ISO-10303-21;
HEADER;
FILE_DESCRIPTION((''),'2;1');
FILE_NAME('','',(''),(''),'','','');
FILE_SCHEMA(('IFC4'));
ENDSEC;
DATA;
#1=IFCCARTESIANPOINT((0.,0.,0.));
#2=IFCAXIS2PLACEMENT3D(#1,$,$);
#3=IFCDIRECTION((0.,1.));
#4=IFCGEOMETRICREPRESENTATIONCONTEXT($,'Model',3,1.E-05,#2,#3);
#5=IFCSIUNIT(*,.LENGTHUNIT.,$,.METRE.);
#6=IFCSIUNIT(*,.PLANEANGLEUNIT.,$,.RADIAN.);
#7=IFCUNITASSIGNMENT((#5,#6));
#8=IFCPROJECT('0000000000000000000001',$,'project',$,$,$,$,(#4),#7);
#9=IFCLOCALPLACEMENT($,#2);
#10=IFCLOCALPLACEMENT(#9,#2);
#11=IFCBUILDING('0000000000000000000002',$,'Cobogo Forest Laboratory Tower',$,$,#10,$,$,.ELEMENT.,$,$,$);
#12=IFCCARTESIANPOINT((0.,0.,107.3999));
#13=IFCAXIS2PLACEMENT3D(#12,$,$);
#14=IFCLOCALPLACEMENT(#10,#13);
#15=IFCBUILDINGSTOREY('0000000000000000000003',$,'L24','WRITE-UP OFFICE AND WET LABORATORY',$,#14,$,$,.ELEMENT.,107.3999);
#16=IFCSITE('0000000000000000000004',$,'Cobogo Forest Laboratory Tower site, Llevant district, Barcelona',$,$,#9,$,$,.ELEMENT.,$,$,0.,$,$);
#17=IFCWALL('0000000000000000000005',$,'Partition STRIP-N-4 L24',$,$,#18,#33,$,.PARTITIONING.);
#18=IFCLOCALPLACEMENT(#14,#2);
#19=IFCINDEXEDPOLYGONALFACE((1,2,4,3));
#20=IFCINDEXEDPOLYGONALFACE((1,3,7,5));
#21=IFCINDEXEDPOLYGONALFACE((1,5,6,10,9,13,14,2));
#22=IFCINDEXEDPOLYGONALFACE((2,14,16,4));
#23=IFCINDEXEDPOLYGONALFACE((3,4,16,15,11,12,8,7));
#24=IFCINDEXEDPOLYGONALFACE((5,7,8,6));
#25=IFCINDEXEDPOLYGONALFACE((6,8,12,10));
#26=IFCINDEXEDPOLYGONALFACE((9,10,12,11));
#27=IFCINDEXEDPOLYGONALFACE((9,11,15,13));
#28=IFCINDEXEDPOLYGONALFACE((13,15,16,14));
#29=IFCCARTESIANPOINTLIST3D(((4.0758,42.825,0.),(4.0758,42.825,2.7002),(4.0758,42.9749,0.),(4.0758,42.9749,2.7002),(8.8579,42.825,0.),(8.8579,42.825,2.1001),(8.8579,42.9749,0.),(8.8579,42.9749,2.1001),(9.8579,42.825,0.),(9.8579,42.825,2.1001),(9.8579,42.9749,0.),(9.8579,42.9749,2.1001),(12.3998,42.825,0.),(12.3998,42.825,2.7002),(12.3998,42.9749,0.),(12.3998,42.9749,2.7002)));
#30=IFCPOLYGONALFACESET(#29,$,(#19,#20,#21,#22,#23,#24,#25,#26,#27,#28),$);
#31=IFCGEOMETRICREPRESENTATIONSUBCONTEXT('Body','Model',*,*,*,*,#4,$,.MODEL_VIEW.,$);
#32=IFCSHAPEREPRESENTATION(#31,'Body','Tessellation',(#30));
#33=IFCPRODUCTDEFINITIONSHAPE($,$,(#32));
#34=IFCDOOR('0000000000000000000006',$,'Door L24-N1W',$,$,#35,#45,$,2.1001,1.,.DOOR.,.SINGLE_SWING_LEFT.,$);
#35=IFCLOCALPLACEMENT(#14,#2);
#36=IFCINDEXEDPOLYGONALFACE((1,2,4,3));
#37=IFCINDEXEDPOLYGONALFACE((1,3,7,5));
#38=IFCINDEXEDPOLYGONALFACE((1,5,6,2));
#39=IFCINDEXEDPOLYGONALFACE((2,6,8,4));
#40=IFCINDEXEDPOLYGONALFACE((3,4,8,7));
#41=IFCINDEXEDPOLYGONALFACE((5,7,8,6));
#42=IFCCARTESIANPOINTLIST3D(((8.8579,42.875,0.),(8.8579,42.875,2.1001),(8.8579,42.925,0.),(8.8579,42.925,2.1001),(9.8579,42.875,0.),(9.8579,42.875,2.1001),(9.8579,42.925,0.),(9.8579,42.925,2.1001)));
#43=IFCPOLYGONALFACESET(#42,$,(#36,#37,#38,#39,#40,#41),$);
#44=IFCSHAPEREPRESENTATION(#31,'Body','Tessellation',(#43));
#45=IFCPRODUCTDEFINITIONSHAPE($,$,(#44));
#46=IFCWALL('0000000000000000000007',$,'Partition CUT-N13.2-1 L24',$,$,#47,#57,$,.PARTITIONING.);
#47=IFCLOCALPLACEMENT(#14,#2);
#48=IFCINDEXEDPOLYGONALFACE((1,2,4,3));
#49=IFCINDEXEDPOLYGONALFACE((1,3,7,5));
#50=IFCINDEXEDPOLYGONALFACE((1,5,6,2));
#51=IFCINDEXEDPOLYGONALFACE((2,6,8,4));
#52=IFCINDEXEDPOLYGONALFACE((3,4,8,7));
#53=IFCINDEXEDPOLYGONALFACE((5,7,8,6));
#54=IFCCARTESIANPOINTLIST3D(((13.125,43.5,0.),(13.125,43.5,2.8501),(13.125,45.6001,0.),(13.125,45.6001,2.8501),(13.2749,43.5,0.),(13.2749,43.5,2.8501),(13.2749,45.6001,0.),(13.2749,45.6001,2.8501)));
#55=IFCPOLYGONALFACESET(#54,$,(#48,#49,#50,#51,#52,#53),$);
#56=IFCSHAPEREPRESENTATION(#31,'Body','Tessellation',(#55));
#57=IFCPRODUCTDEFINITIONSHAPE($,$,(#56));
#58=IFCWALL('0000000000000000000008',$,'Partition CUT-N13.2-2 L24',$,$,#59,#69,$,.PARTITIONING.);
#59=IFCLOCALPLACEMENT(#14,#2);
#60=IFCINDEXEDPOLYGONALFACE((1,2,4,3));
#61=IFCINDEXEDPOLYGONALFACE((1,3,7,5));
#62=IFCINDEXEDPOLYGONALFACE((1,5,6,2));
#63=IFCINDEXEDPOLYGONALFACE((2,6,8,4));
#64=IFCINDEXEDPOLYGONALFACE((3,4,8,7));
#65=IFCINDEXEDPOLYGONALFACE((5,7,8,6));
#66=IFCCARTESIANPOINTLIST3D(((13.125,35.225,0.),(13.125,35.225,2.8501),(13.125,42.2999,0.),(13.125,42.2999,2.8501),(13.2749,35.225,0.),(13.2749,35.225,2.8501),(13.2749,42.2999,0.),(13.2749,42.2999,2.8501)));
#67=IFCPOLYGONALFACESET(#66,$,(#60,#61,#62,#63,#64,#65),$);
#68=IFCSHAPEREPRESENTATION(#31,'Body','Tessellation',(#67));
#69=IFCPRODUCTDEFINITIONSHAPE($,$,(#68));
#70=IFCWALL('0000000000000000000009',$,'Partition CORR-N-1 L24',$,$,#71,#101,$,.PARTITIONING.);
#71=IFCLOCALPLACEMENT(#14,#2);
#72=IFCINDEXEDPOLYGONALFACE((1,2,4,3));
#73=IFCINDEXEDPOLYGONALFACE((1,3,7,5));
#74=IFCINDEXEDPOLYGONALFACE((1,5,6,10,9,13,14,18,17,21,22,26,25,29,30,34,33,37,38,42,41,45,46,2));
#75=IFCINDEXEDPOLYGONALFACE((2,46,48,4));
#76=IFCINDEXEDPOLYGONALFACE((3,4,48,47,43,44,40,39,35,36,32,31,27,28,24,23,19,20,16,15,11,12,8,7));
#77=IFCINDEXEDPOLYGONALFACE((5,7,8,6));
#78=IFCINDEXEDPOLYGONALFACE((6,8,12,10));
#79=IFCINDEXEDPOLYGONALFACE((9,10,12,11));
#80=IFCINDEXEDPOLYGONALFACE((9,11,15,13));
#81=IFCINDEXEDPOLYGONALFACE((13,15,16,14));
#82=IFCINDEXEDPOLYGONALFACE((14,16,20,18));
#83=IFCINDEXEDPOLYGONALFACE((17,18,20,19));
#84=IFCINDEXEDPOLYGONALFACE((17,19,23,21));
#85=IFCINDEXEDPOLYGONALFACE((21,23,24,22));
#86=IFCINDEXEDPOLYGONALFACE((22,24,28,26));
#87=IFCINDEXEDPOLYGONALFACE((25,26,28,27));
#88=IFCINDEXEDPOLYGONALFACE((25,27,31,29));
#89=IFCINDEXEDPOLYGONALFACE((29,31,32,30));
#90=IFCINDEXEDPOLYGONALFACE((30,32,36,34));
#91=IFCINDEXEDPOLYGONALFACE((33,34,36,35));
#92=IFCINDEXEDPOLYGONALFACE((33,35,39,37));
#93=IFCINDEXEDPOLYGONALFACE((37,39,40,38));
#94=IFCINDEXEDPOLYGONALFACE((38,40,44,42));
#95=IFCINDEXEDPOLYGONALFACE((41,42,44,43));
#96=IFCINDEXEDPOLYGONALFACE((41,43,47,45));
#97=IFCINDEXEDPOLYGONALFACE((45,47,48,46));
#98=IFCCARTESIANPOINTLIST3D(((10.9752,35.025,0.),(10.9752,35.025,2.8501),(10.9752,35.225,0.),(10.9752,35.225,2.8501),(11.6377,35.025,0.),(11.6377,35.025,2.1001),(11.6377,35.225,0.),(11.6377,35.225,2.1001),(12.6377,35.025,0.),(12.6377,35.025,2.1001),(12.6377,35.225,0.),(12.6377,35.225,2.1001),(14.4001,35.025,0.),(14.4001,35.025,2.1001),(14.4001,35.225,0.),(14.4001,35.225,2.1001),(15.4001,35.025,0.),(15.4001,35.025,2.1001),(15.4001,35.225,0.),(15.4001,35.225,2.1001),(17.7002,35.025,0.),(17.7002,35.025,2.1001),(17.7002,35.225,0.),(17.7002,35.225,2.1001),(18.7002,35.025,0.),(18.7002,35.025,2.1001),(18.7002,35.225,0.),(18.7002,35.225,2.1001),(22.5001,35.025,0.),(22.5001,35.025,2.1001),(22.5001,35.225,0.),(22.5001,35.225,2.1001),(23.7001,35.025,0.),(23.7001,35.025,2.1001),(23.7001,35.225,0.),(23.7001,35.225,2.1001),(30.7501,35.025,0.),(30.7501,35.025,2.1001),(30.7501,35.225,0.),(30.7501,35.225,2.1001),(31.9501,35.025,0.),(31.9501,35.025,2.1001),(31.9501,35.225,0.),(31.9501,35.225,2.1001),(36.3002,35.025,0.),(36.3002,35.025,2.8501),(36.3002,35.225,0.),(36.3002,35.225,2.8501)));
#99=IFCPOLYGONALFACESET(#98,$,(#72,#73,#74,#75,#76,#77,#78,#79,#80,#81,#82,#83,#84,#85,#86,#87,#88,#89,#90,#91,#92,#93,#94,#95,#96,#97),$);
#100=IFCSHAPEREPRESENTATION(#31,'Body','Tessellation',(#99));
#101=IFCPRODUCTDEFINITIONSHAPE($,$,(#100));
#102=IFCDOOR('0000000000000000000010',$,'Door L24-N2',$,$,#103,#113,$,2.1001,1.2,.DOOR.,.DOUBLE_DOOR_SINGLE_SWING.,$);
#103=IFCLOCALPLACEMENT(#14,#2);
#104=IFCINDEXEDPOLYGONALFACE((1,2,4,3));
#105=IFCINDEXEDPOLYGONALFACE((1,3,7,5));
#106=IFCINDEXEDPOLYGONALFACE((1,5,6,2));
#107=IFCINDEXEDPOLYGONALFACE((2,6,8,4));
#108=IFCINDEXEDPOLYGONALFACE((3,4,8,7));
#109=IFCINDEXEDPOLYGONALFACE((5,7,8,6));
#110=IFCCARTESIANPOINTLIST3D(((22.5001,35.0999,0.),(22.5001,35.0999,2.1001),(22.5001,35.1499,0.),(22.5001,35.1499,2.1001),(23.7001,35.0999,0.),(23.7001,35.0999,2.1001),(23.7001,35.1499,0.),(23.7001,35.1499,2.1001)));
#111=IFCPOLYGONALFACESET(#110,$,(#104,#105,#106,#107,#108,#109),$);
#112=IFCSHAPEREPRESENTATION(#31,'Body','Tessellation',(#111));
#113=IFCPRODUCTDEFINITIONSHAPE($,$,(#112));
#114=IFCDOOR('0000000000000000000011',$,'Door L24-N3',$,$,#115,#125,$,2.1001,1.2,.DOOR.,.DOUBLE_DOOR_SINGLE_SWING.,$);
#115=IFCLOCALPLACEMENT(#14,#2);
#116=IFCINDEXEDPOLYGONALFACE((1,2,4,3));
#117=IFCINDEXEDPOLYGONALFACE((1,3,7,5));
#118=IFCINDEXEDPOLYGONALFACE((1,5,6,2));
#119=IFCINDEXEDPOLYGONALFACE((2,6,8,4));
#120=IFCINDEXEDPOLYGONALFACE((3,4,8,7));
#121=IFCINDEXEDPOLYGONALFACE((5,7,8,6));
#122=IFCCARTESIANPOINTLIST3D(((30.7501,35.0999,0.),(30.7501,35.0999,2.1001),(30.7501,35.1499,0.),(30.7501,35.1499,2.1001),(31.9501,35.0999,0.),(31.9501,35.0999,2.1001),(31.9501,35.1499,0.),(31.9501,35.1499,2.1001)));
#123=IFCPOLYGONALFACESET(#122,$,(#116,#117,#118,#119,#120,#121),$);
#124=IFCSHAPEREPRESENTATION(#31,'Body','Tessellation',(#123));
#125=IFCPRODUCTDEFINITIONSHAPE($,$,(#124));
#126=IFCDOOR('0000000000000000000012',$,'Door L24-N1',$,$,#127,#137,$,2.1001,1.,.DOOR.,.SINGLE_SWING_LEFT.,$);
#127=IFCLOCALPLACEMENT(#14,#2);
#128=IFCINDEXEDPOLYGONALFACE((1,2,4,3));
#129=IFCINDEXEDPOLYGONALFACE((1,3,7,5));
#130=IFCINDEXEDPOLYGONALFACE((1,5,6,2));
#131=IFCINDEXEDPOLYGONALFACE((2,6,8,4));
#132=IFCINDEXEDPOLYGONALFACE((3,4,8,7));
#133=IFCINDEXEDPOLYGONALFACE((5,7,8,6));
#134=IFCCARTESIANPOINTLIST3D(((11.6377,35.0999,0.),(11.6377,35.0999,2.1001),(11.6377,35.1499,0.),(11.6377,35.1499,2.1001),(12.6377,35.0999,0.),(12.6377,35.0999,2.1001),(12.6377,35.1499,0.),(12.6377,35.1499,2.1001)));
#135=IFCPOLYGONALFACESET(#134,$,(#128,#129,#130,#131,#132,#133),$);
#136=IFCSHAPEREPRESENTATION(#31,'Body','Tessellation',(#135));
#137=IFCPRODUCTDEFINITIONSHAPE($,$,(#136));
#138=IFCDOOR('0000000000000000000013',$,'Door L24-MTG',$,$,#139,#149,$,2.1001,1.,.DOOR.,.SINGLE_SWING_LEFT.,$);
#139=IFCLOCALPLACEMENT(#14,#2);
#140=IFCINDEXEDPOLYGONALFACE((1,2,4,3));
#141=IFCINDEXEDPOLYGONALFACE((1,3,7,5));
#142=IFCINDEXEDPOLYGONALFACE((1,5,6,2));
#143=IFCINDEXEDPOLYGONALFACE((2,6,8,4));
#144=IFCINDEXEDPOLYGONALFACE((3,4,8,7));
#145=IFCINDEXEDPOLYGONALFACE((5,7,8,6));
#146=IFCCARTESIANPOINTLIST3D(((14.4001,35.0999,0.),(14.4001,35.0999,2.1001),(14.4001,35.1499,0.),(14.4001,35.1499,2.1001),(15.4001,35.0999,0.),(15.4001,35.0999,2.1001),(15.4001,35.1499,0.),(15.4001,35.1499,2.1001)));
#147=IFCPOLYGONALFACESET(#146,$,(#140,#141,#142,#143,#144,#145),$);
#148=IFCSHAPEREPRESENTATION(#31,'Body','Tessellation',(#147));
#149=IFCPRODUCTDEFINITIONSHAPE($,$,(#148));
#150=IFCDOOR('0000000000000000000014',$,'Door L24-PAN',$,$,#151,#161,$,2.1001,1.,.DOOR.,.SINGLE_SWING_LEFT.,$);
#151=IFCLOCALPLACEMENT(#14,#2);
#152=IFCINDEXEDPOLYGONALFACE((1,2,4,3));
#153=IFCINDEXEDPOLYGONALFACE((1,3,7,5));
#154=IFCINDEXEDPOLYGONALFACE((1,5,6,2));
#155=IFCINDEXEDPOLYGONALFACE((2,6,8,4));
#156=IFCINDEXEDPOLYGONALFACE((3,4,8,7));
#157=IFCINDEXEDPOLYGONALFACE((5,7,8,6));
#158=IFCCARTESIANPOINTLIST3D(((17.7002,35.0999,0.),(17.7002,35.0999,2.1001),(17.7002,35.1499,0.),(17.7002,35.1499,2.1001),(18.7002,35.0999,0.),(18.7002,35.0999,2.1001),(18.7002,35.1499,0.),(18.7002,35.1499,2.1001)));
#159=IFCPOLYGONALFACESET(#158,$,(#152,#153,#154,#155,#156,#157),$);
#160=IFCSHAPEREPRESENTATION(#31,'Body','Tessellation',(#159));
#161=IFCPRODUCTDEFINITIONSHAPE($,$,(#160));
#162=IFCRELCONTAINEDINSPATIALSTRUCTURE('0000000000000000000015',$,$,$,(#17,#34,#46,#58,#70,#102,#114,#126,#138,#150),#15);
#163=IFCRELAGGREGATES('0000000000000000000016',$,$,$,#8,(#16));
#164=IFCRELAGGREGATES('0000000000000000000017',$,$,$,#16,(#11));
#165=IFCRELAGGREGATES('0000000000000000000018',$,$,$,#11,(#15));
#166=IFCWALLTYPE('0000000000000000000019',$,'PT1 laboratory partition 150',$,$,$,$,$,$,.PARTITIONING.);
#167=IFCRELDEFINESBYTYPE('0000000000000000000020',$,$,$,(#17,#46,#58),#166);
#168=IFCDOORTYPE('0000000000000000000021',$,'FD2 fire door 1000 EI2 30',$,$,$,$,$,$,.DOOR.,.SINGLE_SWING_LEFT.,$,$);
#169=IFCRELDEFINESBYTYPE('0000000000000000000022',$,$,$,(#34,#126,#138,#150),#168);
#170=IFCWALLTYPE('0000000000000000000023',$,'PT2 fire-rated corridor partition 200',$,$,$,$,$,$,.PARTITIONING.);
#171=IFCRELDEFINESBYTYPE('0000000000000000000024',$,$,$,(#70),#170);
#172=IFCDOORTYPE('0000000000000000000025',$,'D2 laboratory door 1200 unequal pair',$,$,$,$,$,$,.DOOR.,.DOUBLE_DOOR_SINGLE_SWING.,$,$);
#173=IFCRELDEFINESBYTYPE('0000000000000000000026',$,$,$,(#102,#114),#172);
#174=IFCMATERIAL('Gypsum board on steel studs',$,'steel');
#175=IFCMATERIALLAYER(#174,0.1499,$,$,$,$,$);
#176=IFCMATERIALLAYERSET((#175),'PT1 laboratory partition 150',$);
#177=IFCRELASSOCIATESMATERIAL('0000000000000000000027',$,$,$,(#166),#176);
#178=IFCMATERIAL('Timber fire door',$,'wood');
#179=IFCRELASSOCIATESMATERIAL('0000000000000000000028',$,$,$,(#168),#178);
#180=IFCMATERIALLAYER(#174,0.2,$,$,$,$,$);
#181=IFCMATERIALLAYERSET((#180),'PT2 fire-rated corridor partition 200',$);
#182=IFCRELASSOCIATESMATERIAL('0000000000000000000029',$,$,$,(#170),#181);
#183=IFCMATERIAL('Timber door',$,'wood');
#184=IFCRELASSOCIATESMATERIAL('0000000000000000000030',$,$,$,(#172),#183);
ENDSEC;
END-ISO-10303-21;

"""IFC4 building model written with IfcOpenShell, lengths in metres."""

from ifc_helpers import new_model, si_unit, direction, frame, frame_2d, origin, place, context, subcontext, project, spatial, rectangle, extrude, material, layer, layer_set, type_object, element, fill, save


model = new_model("IFC4")

# Units and contexts
model_context = context("Model", 3, precision=1e-05, world=origin(), true_north=direction((0.0, 1.0)))
body_context = subcontext(model_context, "Body", "Model", "MODEL_VIEW")
ifc_project = project(units=[si_unit("LENGTHUNIT", "METRE"), si_unit("PLANEANGLEUNIT", "RADIAN")], contexts=[model_context])

# Site, building, storey
site_placement = place(None, origin())
site = spatial("IfcSite", under=ifc_project, at=site_placement, Name="Cobogo Forest Laboratory Tower site, Llevant district, Barcelona", CompositionType="ELEMENT", RefElevation=0.0)
building_placement = place(site_placement, origin())
building = spatial("IfcBuilding", under=site, at=building_placement, Name="Cobogo Forest Laboratory Tower", CompositionType="ELEMENT")
storey_placement = place(building_placement, frame((0.0, 0.0, 107.3999)))
storey = spatial("IfcBuildingStorey", under=building, at=storey_placement, Name="L24", Description="WRITE-UP OFFICE AND WET LABORATORY", CompositionType="ELEMENT", Elevation=107.3999)

# Wall, opening, door
ifc_material_1 = material(Name="Gypsum board on steel studs", Category="steel")
ifc_layer_1 = layer(ifc_material_1, 0.1499)
ifc_layer_set_1 = layer_set([ifc_layer_1], Name="PT1 laboratory partition 150")
wall_type_1 = type_object("IfcWallType", Name="PT1 laboratory partition 150", PredefinedType="PARTITIONING", material=ifc_layer_set_1)
wall_1_placement = place(storey_placement, frame((12.3999, 42.8999, 0.0), z_axis=(0.0, 0.0, 1.0), x_axis=(-1.0, 0.0, 0.0)))
wall_1 = element("IfcWall", 1, at=wall_1_placement, inside=storey, type_object=wall_type_1, Name="Partition STRIP-N-4 L24", PredefinedType="PARTITIONING", context=body_context, shape_type="SweptSolid", body=[
    extrude(rectangle(XDim=8.324, YDim=0.1499, at=frame_2d((4.1621, 0.0))), origin(), (0.0, 0.0, 1.0), 2.7002),
])
opening_1_placement = place(wall_1_placement, frame((2.542, 0.0, 0.0)))
opening_1 = element("IfcOpeningElement", 2, at=opening_1_placement, cuts=wall_1, PredefinedType="OPENING", context=body_context, shape_type="SweptSolid", body=[
    extrude(rectangle(XDim=1.0, YDim=2.1001, at=frame_2d((0.5, 1.05))), frame((0.0, 0.085, 0.0), z_axis=(0.0, -1.0, 0.0), x_axis=(1.0, 0.0, 0.0)), (0.0, 0.0, 1.0), 0.1699),
])
ifc_material_2 = material(Name="Timber fire door", Category="wood")
door_type_1 = type_object("IfcDoorType", Name="FD2 fire door 1000 EI2 30", OperationType="SINGLE_SWING_LEFT", PredefinedType="DOOR", material=ifc_material_2)
door_1_placement = place(opening_1_placement, origin())
door_1 = element("IfcDoor", 3, at=door_1_placement, inside=storey, type_object=door_type_1, Name="Door L24-N1W", OperationType="SINGLE_SWING_LEFT", OverallHeight=2.1001, OverallWidth=1.0, PredefinedType="DOOR", context=body_context, shape_type="SweptSolid", body=[
    extrude(rectangle(XDim=1.0, YDim=2.1001, at=frame_2d((0.5, 1.05))), frame((0.0, 0.0249, 0.0), z_axis=(0.0, -1.0, 0.0), x_axis=(1.0, 0.0, 0.0)), (0.0, 0.0, 1.0), 0.05),
])
fill(opening_1, door_1)

# Walls
wall_2_placement = place(storey_placement, frame((13.2, 45.6001, 0.0), z_axis=(0.0, 0.0, 1.0), x_axis=(0.0, -1.0, 0.0)))
element("IfcWall", 4, at=wall_2_placement, inside=storey, type_object=wall_type_1, Name="Partition CUT-N13.2-1 L24", PredefinedType="PARTITIONING", context=body_context, shape_type="SweptSolid", body=[
    extrude(rectangle(XDim=2.1001, YDim=0.1499, at=frame_2d((1.05, 0.0))), origin(), (0.0, 0.0, 1.0), 2.8501),
])
wall_3_placement = place(storey_placement, frame((13.2, 42.3, 0.0), z_axis=(0.0, 0.0, 1.0), x_axis=(0.0, -1.0, 0.0)))
element("IfcWall", 5, at=wall_3_placement, inside=storey, type_object=wall_type_1, Name="Partition CUT-N13.2-2 L24", PredefinedType="PARTITIONING", context=body_context, shape_type="SweptSolid", body=[
    extrude(rectangle(XDim=7.075, YDim=0.1499, at=frame_2d((3.5376, 0.0))), origin(), (0.0, 0.0, 1.0), 2.8501),
])

# Wall, openings, doors
ifc_layer_2 = layer(ifc_material_1, 0.2)
ifc_layer_set_2 = layer_set([ifc_layer_2], Name="PT2 fire-rated corridor partition 200")
wall_type_2 = type_object("IfcWallType", Name="PT2 fire-rated corridor partition 200", PredefinedType="PARTITIONING", material=ifc_layer_set_2)
wall_4_placement = place(storey_placement, frame((10.9751, 35.125, 0.0), z_axis=(0.0, 0.0, 1.0), x_axis=(1.0, 0.0, 0.0)))
wall_4 = element("IfcWall", 6, at=wall_4_placement, inside=storey, type_object=wall_type_2, Name="Partition CORR-N-1 L24", PredefinedType="PARTITIONING", context=body_context, shape_type="SweptSolid", body=[
    extrude(rectangle(XDim=25.325, YDim=0.2, at=frame_2d((12.6626, 0.0))), origin(), (0.0, 0.0, 1.0), 2.8501),
])
opening_2_placement = place(wall_4_placement, frame((0.6626, 0.0, 0.0)))
opening_2 = element("IfcOpeningElement", 7, at=opening_2_placement, cuts=wall_4, PredefinedType="OPENING", context=body_context, shape_type="SweptSolid", body=[
    extrude(rectangle(XDim=1.0, YDim=2.1001, at=frame_2d((0.5, 1.05))), frame((0.0, 0.1099, 0.0), z_axis=(0.0, -1.0, 0.0), x_axis=(1.0, 0.0, 0.0)), (0.0, 0.0, 1.0), 0.22),
])
opening_3_placement = place(wall_4_placement, frame((3.425, 0.0, 0.0)))
opening_3 = element("IfcOpeningElement", 8, at=opening_3_placement, cuts=wall_4, PredefinedType="OPENING", context=body_context, shape_type="SweptSolid", body=[
    extrude(rectangle(XDim=1.0, YDim=2.1001, at=frame_2d((0.5, 1.05))), frame((0.0, 0.1099, 0.0), z_axis=(0.0, -1.0, 0.0), x_axis=(1.0, 0.0, 0.0)), (0.0, 0.0, 1.0), 0.22),
])
opening_4_placement = place(wall_4_placement, frame((6.7251, 0.0, 0.0)))
opening_4 = element("IfcOpeningElement", 9, at=opening_4_placement, cuts=wall_4, PredefinedType="OPENING", context=body_context, shape_type="SweptSolid", body=[
    extrude(rectangle(XDim=1.0, YDim=2.1001, at=frame_2d((0.5, 1.05))), frame((0.0, 0.1099, 0.0), z_axis=(0.0, -1.0, 0.0), x_axis=(1.0, 0.0, 0.0)), (0.0, 0.0, 1.0), 0.22),
])
opening_5_placement = place(wall_4_placement, frame((11.5249, 0.0, 0.0)))
opening_5 = element("IfcOpeningElement", 10, at=opening_5_placement, cuts=wall_4, PredefinedType="OPENING", context=body_context, shape_type="SweptSolid", body=[
    extrude(rectangle(XDim=1.2, YDim=2.1001, at=frame_2d((0.6001, 1.05))), frame((0.0, 0.1099, 0.0), z_axis=(0.0, -1.0, 0.0), x_axis=(1.0, 0.0, 0.0)), (0.0, 0.0, 1.0), 0.22),
])
opening_6_placement = place(wall_4_placement, frame((19.7749, 0.0, 0.0)))
opening_6 = element("IfcOpeningElement", 11, at=opening_6_placement, cuts=wall_4, PredefinedType="OPENING", context=body_context, shape_type="SweptSolid", body=[
    extrude(rectangle(XDim=1.2, YDim=2.1001, at=frame_2d((0.6001, 1.05))), frame((0.0, 0.1099, 0.0), z_axis=(0.0, -1.0, 0.0), x_axis=(1.0, 0.0, 0.0)), (0.0, 0.0, 1.0), 0.22),
])
ifc_material_3 = material(Name="Timber door", Category="wood")
door_type_2 = type_object("IfcDoorType", Name="D2 laboratory door 1200 unequal pair", OperationType="DOUBLE_DOOR_SINGLE_SWING", PredefinedType="DOOR", material=ifc_material_3)
door_2_placement = place(opening_5_placement, origin())
door_2 = element("IfcDoor", 12, at=door_2_placement, inside=storey, type_object=door_type_2, Name="Door L24-N2", OperationType="DOUBLE_DOOR_SINGLE_SWING", OverallHeight=2.1001, OverallWidth=1.2, PredefinedType="DOOR", context=body_context, shape_type="SweptSolid", body=[
    extrude(rectangle(XDim=1.2, YDim=2.1001, at=frame_2d((0.6001, 1.05))), frame((0.0, 0.0249, 0.0), z_axis=(0.0, -1.0, 0.0), x_axis=(1.0, 0.0, 0.0)), (0.0, 0.0, 1.0), 0.05),
])
fill(opening_5, door_2)
door_3_placement = place(opening_6_placement, origin())
door_3 = element("IfcDoor", 13, at=door_3_placement, inside=storey, type_object=door_type_2, Name="Door L24-N3", OperationType="DOUBLE_DOOR_SINGLE_SWING", OverallHeight=2.1001, OverallWidth=1.2, PredefinedType="DOOR", context=body_context, shape_type="SweptSolid", body=[
    extrude(rectangle(XDim=1.2, YDim=2.1001, at=frame_2d((0.6001, 1.05))), frame((0.0, 0.0249, 0.0), z_axis=(0.0, -1.0, 0.0), x_axis=(1.0, 0.0, 0.0)), (0.0, 0.0, 1.0), 0.05),
])
fill(opening_6, door_3)
door_4_placement = place(opening_2_placement, origin())
door_4 = element("IfcDoor", 14, at=door_4_placement, inside=storey, type_object=door_type_1, Name="Door L24-N1", OperationType="SINGLE_SWING_LEFT", OverallHeight=2.1001, OverallWidth=1.0, PredefinedType="DOOR", context=body_context, shape_type="SweptSolid", body=[
    extrude(rectangle(XDim=1.0, YDim=2.1001, at=frame_2d((0.5, 1.05))), frame((0.0, 0.0249, 0.0), z_axis=(0.0, -1.0, 0.0), x_axis=(1.0, 0.0, 0.0)), (0.0, 0.0, 1.0), 0.05),
])
fill(opening_2, door_4)
door_5_placement = place(opening_3_placement, origin())
door_5 = element("IfcDoor", 15, at=door_5_placement, inside=storey, type_object=door_type_1, Name="Door L24-MTG", OperationType="SINGLE_SWING_LEFT", OverallHeight=2.1001, OverallWidth=1.0, PredefinedType="DOOR", context=body_context, shape_type="SweptSolid", body=[
    extrude(rectangle(XDim=1.0, YDim=2.1001, at=frame_2d((0.5, 1.05))), frame((0.0, 0.0249, 0.0), z_axis=(0.0, -1.0, 0.0), x_axis=(1.0, 0.0, 0.0)), (0.0, 0.0, 1.0), 0.05),
])
fill(opening_3, door_5)
door_6_placement = place(opening_4_placement, origin())
door_6 = element("IfcDoor", 16, at=door_6_placement, inside=storey, type_object=door_type_1, Name="Door L24-PAN", OperationType="SINGLE_SWING_LEFT", OverallHeight=2.1001, OverallWidth=1.0, PredefinedType="DOOR", context=body_context, shape_type="SweptSolid", body=[
    extrude(rectangle(XDim=1.0, YDim=2.1001, at=frame_2d((0.5, 1.05))), frame((0.0, 0.0249, 0.0), z_axis=(0.0, -1.0, 0.0), x_axis=(1.0, 0.0, 0.0)), (0.0, 0.0, 1.0), 0.05),
])
fill(opening_4, door_6)

save(model, "model.ifc")
